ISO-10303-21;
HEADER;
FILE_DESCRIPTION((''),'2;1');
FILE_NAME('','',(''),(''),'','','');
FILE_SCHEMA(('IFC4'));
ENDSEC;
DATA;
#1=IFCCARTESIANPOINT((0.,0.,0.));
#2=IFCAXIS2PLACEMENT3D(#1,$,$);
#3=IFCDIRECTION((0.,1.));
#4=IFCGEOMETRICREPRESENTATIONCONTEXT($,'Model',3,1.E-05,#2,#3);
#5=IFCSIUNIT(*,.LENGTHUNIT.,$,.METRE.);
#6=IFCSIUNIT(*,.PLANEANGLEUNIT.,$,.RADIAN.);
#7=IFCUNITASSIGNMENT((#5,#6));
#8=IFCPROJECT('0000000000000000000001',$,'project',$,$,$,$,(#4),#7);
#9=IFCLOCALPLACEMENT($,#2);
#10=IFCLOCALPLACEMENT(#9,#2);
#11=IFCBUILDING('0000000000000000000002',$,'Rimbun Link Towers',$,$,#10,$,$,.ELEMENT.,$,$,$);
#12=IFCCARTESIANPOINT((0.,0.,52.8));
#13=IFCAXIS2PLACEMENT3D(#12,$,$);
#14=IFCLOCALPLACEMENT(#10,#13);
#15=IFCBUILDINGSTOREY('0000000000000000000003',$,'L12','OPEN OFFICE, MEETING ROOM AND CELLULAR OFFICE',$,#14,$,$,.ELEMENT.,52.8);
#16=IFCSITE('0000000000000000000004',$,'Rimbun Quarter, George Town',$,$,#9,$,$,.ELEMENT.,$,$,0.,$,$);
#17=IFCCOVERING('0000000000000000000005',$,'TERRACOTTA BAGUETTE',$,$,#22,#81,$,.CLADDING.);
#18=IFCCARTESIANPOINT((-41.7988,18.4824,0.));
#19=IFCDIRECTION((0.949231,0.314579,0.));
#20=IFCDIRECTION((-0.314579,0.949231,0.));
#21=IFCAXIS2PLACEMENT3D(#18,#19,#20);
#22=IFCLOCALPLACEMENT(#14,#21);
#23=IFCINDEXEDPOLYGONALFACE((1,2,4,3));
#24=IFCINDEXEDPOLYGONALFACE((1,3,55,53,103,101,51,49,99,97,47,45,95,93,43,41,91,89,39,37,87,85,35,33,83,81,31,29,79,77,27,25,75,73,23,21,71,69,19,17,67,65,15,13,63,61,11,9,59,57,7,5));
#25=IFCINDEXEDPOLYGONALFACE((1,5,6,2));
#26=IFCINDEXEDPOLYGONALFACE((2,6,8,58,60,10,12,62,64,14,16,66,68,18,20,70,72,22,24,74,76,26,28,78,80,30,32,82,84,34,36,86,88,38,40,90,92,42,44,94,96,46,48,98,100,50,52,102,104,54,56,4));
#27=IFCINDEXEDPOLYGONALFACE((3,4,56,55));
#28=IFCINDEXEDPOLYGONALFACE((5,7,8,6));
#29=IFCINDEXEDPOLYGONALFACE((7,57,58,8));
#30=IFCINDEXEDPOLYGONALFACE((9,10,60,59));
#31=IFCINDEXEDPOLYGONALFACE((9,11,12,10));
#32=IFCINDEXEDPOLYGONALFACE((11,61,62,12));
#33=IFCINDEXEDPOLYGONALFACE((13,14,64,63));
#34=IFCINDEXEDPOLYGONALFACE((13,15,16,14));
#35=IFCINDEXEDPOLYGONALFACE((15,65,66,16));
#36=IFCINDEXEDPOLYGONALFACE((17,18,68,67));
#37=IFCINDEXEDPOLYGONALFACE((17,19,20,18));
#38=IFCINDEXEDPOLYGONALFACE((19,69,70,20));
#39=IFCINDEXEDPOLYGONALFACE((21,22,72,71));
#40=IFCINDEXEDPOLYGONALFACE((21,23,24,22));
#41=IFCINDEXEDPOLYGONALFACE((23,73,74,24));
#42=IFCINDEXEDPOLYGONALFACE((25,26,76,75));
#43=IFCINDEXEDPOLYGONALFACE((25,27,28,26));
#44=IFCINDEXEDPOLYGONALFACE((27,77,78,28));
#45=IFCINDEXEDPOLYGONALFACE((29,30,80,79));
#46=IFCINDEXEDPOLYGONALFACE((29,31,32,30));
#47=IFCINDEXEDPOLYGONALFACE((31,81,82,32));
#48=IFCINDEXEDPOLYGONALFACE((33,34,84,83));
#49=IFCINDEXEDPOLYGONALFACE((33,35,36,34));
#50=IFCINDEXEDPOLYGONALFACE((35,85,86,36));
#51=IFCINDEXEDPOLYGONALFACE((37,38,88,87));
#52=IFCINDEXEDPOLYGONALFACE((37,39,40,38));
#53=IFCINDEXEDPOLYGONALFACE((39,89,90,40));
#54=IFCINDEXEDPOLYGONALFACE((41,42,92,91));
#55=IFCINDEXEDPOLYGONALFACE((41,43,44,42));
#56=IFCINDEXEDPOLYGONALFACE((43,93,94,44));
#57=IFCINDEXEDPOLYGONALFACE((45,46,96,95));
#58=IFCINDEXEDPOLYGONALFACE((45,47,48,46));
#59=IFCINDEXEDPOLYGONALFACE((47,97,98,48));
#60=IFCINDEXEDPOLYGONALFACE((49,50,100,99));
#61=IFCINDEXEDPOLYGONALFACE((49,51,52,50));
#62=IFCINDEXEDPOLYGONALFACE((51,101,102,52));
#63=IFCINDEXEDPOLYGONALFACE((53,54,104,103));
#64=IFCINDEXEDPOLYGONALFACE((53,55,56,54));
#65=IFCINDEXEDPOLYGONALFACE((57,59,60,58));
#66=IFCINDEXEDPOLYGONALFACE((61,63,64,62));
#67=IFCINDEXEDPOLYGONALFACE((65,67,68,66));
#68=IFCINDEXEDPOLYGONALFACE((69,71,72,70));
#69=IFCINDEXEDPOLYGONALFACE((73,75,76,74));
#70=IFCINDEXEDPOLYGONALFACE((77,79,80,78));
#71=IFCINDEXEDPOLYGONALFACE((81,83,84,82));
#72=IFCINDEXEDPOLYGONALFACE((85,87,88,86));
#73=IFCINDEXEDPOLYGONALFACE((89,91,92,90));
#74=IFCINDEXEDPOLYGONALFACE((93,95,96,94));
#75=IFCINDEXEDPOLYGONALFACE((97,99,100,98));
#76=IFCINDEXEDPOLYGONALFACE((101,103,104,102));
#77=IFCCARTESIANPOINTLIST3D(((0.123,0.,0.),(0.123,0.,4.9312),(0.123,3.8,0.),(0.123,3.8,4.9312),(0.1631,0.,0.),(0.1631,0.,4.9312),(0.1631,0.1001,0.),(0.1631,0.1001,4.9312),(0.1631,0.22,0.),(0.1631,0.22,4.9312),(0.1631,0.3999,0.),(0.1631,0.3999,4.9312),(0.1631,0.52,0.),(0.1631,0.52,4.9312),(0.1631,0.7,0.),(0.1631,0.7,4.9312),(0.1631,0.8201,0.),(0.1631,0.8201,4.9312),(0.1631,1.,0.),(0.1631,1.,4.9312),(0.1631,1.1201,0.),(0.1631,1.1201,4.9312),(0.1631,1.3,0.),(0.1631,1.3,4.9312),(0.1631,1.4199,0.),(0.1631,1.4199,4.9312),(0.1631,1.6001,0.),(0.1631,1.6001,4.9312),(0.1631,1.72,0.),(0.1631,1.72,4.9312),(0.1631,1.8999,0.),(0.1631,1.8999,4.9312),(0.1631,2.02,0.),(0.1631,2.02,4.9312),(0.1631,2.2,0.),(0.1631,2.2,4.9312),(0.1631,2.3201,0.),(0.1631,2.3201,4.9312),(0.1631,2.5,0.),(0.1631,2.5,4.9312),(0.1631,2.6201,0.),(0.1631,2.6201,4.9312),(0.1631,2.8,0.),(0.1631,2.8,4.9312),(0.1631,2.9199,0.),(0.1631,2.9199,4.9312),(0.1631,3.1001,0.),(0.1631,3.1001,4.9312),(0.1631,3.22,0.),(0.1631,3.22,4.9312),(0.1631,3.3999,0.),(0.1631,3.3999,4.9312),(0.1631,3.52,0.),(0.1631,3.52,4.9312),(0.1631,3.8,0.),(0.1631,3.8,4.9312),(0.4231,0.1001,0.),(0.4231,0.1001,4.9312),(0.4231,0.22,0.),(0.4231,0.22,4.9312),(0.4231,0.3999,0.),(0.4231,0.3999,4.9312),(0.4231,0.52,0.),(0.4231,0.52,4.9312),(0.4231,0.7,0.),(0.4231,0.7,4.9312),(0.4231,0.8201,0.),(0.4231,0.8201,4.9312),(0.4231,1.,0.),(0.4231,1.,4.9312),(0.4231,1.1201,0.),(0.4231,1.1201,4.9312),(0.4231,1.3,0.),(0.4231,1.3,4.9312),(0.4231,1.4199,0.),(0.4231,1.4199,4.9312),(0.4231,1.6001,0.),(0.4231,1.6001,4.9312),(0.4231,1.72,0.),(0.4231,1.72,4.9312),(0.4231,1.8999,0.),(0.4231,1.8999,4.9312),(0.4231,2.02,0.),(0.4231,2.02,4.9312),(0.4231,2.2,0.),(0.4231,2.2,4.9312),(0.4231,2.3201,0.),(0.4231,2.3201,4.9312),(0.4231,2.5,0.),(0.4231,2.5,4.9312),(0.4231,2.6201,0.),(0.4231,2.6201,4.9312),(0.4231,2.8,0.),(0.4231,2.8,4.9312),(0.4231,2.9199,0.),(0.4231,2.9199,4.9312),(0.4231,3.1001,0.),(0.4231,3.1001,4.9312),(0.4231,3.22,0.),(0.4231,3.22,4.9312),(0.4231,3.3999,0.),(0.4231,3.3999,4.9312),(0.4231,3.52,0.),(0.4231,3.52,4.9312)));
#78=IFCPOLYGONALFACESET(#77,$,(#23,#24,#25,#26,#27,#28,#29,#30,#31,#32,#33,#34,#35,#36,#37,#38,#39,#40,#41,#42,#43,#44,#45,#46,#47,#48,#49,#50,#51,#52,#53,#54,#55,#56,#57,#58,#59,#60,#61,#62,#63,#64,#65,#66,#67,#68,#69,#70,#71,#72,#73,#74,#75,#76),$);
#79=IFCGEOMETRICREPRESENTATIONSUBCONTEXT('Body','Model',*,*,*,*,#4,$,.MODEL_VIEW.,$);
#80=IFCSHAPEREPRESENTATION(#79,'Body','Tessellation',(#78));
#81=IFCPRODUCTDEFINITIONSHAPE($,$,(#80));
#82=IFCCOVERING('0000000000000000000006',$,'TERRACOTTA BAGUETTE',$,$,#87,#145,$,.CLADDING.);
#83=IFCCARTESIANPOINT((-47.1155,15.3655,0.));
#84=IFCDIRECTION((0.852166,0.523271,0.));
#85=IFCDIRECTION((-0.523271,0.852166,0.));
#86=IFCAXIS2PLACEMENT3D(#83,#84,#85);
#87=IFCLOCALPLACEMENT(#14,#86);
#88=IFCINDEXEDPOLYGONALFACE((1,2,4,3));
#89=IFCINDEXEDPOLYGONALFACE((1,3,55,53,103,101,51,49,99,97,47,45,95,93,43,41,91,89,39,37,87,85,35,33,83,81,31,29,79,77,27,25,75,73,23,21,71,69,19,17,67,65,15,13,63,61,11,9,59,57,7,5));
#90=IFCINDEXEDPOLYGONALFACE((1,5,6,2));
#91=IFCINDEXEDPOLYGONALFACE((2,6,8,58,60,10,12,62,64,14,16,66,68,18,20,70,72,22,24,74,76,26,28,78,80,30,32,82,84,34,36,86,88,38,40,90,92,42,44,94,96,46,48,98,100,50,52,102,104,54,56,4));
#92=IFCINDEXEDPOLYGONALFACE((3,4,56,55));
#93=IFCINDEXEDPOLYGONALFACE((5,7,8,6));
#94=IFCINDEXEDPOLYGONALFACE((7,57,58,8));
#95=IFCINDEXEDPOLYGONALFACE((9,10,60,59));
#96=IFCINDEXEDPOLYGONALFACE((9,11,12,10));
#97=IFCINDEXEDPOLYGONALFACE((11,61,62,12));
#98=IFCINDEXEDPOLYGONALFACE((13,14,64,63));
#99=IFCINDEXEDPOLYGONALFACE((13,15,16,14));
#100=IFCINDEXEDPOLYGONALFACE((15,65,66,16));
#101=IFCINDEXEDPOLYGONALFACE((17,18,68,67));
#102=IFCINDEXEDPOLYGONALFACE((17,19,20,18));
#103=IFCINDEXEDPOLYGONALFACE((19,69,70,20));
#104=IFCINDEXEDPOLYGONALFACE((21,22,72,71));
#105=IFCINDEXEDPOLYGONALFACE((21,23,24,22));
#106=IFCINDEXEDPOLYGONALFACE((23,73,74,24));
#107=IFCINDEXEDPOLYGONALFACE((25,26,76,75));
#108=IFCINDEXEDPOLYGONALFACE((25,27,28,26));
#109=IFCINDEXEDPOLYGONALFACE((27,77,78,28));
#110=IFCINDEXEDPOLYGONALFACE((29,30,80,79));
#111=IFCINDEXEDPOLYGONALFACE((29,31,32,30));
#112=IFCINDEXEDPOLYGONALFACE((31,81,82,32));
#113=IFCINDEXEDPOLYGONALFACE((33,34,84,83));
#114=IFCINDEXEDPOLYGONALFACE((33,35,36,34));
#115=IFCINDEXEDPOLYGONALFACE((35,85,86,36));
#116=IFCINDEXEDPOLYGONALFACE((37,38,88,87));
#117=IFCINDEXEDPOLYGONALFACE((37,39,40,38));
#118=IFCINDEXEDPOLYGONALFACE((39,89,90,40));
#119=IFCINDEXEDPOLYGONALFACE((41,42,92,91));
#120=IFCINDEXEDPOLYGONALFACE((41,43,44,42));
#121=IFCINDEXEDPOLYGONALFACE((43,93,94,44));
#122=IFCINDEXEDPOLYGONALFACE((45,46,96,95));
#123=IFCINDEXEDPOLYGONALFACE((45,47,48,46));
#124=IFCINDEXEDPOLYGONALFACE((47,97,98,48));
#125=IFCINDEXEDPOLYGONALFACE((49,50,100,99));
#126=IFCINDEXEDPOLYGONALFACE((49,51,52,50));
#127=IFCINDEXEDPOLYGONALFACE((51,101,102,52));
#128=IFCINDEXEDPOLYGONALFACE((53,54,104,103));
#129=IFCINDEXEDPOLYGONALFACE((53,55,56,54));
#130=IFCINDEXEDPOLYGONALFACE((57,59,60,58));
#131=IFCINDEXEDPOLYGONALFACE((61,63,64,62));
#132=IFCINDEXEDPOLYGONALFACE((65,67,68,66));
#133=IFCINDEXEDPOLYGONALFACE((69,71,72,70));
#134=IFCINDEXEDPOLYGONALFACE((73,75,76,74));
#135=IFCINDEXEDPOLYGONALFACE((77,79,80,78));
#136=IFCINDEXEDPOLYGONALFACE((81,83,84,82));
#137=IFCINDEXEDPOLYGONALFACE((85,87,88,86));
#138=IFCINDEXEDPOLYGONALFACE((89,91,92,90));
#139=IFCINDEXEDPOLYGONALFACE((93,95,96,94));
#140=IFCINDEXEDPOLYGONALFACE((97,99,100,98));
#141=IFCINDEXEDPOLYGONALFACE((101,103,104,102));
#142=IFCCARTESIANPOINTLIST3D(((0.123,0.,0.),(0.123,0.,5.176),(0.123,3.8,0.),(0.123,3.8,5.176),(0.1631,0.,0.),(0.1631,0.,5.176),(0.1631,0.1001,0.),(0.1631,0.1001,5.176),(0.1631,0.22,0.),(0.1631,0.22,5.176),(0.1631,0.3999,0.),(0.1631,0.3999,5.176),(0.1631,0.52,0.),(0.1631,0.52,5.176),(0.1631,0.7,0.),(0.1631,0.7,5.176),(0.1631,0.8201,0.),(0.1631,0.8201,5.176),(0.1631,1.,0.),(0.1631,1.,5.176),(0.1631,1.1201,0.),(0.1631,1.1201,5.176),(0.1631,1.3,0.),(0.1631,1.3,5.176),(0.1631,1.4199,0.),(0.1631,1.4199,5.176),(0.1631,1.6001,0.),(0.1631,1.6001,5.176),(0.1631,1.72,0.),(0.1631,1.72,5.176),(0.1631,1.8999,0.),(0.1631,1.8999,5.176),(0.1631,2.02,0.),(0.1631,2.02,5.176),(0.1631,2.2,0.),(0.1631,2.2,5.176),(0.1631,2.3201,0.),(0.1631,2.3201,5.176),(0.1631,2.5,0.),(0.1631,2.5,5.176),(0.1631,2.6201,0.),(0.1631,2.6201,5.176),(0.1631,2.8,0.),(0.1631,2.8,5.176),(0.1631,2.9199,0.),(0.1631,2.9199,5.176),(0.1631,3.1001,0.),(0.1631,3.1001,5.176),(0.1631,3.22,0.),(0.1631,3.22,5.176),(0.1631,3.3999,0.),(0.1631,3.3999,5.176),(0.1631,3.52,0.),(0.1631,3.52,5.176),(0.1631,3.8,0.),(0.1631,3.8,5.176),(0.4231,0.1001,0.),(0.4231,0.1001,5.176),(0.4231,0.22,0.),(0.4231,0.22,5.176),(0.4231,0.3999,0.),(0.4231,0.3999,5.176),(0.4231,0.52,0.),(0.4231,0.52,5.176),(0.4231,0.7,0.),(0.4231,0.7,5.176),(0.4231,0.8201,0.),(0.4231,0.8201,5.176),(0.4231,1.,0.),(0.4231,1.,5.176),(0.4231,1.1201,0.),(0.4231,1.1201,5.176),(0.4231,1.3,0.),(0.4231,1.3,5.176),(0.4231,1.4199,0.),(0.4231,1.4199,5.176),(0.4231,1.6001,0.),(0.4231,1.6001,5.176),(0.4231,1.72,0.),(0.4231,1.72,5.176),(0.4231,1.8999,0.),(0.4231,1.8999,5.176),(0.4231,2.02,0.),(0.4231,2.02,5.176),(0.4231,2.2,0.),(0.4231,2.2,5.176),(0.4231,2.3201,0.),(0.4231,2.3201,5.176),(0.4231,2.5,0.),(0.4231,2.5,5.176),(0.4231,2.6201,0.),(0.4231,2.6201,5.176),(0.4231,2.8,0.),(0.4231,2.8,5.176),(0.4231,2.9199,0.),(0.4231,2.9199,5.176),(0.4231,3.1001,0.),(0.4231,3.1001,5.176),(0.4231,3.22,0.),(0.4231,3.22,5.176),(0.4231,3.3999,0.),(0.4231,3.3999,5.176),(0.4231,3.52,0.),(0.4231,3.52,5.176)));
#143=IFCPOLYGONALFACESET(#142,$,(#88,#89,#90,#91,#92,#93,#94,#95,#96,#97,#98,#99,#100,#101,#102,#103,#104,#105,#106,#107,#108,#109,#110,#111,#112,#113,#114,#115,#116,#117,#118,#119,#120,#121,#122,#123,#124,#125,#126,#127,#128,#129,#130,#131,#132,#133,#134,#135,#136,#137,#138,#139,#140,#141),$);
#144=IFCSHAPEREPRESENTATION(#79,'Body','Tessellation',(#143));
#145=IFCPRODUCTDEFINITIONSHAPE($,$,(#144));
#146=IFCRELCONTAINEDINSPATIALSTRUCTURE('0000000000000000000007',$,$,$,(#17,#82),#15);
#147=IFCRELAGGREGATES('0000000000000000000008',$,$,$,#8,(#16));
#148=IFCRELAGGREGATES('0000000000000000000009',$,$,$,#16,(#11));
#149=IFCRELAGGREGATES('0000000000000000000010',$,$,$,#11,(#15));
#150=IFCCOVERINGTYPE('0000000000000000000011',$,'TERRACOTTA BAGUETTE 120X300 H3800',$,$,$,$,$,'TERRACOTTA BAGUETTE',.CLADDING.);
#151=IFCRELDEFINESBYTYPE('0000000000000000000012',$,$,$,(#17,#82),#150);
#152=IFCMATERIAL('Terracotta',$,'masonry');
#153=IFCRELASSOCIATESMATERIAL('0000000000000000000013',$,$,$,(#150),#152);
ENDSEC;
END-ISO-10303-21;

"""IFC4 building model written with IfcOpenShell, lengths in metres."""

from ifc_helpers import new_model, si_unit, direction, frame, origin, place, context, subcontext, project, spatial, polyline, outline, extrude, material, material_profile, profile_set, type_object, element, save


model = new_model("IFC4")

# Units and contexts
model_context = context("Model", 3, precision=1e-05, world=origin(), true_north=direction((0.0, 1.0)))
body_context = subcontext(model_context, "Body", "Model", "MODEL_VIEW")
ifc_project = project(units=[si_unit("LENGTHUNIT", "METRE"), si_unit("PLANEANGLEUNIT", "RADIAN")], contexts=[model_context])

# Site, building, storey
site_placement = place(None, origin())
site = spatial("IfcSite", under=ifc_project, at=site_placement, Name="Rimbun Quarter, George Town", CompositionType="ELEMENT", RefElevation=0.0)
building_placement = place(site_placement, origin())
building = spatial("IfcBuilding", under=site, at=building_placement, Name="Rimbun Link Towers", CompositionType="ELEMENT")
storey_placement = place(building_placement, frame((0.0, 0.0, 52.8)))
storey = spatial("IfcBuildingStorey", under=building, at=storey_placement, Name="L12", Description="OPEN OFFICE, MEETING ROOM AND CELLULAR OFFICE", CompositionType="ELEMENT", Elevation=52.8)

# Coverings
ifc_material_1 = material(Name="Terracotta", Category="masonry")
ifc_material_profile_1 = material_profile(ifc_material_1, outline(polyline([(0.123, 0.0), (0.1631, 0.0), (0.1631, 0.1001), (0.4231, 0.1001), (0.4231, 0.22), (0.1631, 0.22), (0.1631, 0.3999), (0.4231, 0.3999), (0.4231, 0.52), (0.1631, 0.52), (0.1631, 0.7), (0.4231, 0.7), (0.4231, 0.8201), (0.1631, 0.8201), (0.1631, 1.0), (0.4231, 1.0), (0.4231, 1.1201), (0.1631, 1.1201), (0.1631, 1.3), (0.4231, 1.3), (0.4231, 1.4199), (0.1631, 1.4199), (0.1631, 1.6001), (0.4231, 1.6001), (0.4231, 1.72), (0.1631, 1.72), (0.1631, 1.8999), (0.4231, 1.8999), (0.4231, 2.02), (0.1631, 2.02), (0.1631, 2.2), (0.4231, 2.2), (0.4231, 2.3201), (0.1631, 2.3201), (0.1631, 2.5), (0.4231, 2.5), (0.4231, 2.6201), (0.1631, 2.6201), (0.1631, 2.8), (0.4231, 2.8), (0.4231, 2.9199), (0.1631, 2.9199), (0.1631, 3.1001), (0.4231, 3.1001), (0.4231, 3.22), (0.1631, 3.22), (0.1631, 3.3999), (0.4231, 3.3999), (0.4231, 3.52), (0.1631, 3.52), (0.1631, 3.8), (0.123, 3.8), (0.123, 0.0)])), Name="BAGUETTE 120X300")
ifc_profile_set_1 = profile_set([ifc_material_profile_1], Name="Terracotta")
covering_type = type_object("IfcCoveringType", Name="TERRACOTTA BAGUETTE 120X300 H3800", ElementType="TERRACOTTA BAGUETTE", PredefinedType="CLADDING", material=ifc_profile_set_1)
covering_1_placement = place(storey_placement, frame((-41.7988, 18.4824, 0.0), z_axis=(0.949231, 0.314579, 0.0), x_axis=(-0.314579, 0.949231, 0.0)))
element("IfcCovering", 1, at=covering_1_placement, inside=storey, type_object=covering_type, Name="TERRACOTTA BAGUETTE", PredefinedType="CLADDING", context=body_context, shape_type="SweptSolid", body=[
    extrude(outline(polyline([(0.123, 0.0), (0.1631, 0.0), (0.1631, 0.1001), (0.4231, 0.1001), (0.4231, 0.22), (0.1631, 0.22), (0.1631, 0.3999), (0.4231, 0.3999), (0.4231, 0.52), (0.1631, 0.52), (0.1631, 0.7), (0.4231, 0.7), (0.4231, 0.8201), (0.1631, 0.8201), (0.1631, 1.0), (0.4231, 1.0), (0.4231, 1.1201), (0.1631, 1.1201), (0.1631, 1.3), (0.4231, 1.3), (0.4231, 1.4199), (0.1631, 1.4199), (0.1631, 1.6001), (0.4231, 1.6001), (0.4231, 1.72), (0.1631, 1.72), (0.1631, 1.8999), (0.4231, 1.8999), (0.4231, 2.02), (0.1631, 2.02), (0.1631, 2.2), (0.4231, 2.2), (0.4231, 2.3201), (0.1631, 2.3201), (0.1631, 2.5), (0.4231, 2.5), (0.4231, 2.6201), (0.1631, 2.6201), (0.1631, 2.8), (0.4231, 2.8), (0.4231, 2.9199), (0.1631, 2.9199), (0.1631, 3.1001), (0.4231, 3.1001), (0.4231, 3.22), (0.1631, 3.22), (0.1631, 3.3999), (0.4231, 3.3999), (0.4231, 3.52), (0.1631, 3.52), (0.1631, 3.8), (0.123, 3.8), (0.123, 0.0)])), origin(), (0.0, 0.0, 1.0), 4.9312),
])
covering_2_placement = place(storey_placement, frame((-47.1155, 15.3655, 0.0), z_axis=(0.852166, 0.523271, 0.0), x_axis=(-0.523271, 0.852166, 0.0)))
element("IfcCovering", 2, at=covering_2_placement, inside=storey, type_object=covering_type, Name="TERRACOTTA BAGUETTE", PredefinedType="CLADDING", context=body_context, shape_type="SweptSolid", body=[
    extrude(outline(polyline([(0.123, 0.0), (0.1631, 0.0), (0.1631, 0.1001), (0.4231, 0.1001), (0.4231, 0.22), (0.1631, 0.22), (0.1631, 0.3999), (0.4231, 0.3999), (0.4231, 0.52), (0.1631, 0.52), (0.1631, 0.7), (0.4231, 0.7), (0.4231, 0.8201), (0.1631, 0.8201), (0.1631, 1.0), (0.4231, 1.0), (0.4231, 1.1201), (0.1631, 1.1201), (0.1631, 1.3), (0.4231, 1.3), (0.4231, 1.4199), (0.1631, 1.4199), (0.1631, 1.6001), (0.4231, 1.6001), (0.4231, 1.72), (0.1631, 1.72), (0.1631, 1.8999), (0.4231, 1.8999), (0.4231, 2.02), (0.1631, 2.02), (0.1631, 2.2), (0.4231, 2.2), (0.4231, 2.3201), (0.1631, 2.3201), (0.1631, 2.5), (0.4231, 2.5), (0.4231, 2.6201), (0.1631, 2.6201), (0.1631, 2.8), (0.4231, 2.8), (0.4231, 2.9199), (0.1631, 2.9199), (0.1631, 3.1001), (0.4231, 3.1001), (0.4231, 3.22), (0.1631, 3.22), (0.1631, 3.3999), (0.4231, 3.3999), (0.4231, 3.52), (0.1631, 3.52), (0.1631, 3.8), (0.123, 3.8), (0.123, 0.0)])), origin(), (0.0, 0.0, 1.0), 5.176),
])

save(model, "model.ifc")
